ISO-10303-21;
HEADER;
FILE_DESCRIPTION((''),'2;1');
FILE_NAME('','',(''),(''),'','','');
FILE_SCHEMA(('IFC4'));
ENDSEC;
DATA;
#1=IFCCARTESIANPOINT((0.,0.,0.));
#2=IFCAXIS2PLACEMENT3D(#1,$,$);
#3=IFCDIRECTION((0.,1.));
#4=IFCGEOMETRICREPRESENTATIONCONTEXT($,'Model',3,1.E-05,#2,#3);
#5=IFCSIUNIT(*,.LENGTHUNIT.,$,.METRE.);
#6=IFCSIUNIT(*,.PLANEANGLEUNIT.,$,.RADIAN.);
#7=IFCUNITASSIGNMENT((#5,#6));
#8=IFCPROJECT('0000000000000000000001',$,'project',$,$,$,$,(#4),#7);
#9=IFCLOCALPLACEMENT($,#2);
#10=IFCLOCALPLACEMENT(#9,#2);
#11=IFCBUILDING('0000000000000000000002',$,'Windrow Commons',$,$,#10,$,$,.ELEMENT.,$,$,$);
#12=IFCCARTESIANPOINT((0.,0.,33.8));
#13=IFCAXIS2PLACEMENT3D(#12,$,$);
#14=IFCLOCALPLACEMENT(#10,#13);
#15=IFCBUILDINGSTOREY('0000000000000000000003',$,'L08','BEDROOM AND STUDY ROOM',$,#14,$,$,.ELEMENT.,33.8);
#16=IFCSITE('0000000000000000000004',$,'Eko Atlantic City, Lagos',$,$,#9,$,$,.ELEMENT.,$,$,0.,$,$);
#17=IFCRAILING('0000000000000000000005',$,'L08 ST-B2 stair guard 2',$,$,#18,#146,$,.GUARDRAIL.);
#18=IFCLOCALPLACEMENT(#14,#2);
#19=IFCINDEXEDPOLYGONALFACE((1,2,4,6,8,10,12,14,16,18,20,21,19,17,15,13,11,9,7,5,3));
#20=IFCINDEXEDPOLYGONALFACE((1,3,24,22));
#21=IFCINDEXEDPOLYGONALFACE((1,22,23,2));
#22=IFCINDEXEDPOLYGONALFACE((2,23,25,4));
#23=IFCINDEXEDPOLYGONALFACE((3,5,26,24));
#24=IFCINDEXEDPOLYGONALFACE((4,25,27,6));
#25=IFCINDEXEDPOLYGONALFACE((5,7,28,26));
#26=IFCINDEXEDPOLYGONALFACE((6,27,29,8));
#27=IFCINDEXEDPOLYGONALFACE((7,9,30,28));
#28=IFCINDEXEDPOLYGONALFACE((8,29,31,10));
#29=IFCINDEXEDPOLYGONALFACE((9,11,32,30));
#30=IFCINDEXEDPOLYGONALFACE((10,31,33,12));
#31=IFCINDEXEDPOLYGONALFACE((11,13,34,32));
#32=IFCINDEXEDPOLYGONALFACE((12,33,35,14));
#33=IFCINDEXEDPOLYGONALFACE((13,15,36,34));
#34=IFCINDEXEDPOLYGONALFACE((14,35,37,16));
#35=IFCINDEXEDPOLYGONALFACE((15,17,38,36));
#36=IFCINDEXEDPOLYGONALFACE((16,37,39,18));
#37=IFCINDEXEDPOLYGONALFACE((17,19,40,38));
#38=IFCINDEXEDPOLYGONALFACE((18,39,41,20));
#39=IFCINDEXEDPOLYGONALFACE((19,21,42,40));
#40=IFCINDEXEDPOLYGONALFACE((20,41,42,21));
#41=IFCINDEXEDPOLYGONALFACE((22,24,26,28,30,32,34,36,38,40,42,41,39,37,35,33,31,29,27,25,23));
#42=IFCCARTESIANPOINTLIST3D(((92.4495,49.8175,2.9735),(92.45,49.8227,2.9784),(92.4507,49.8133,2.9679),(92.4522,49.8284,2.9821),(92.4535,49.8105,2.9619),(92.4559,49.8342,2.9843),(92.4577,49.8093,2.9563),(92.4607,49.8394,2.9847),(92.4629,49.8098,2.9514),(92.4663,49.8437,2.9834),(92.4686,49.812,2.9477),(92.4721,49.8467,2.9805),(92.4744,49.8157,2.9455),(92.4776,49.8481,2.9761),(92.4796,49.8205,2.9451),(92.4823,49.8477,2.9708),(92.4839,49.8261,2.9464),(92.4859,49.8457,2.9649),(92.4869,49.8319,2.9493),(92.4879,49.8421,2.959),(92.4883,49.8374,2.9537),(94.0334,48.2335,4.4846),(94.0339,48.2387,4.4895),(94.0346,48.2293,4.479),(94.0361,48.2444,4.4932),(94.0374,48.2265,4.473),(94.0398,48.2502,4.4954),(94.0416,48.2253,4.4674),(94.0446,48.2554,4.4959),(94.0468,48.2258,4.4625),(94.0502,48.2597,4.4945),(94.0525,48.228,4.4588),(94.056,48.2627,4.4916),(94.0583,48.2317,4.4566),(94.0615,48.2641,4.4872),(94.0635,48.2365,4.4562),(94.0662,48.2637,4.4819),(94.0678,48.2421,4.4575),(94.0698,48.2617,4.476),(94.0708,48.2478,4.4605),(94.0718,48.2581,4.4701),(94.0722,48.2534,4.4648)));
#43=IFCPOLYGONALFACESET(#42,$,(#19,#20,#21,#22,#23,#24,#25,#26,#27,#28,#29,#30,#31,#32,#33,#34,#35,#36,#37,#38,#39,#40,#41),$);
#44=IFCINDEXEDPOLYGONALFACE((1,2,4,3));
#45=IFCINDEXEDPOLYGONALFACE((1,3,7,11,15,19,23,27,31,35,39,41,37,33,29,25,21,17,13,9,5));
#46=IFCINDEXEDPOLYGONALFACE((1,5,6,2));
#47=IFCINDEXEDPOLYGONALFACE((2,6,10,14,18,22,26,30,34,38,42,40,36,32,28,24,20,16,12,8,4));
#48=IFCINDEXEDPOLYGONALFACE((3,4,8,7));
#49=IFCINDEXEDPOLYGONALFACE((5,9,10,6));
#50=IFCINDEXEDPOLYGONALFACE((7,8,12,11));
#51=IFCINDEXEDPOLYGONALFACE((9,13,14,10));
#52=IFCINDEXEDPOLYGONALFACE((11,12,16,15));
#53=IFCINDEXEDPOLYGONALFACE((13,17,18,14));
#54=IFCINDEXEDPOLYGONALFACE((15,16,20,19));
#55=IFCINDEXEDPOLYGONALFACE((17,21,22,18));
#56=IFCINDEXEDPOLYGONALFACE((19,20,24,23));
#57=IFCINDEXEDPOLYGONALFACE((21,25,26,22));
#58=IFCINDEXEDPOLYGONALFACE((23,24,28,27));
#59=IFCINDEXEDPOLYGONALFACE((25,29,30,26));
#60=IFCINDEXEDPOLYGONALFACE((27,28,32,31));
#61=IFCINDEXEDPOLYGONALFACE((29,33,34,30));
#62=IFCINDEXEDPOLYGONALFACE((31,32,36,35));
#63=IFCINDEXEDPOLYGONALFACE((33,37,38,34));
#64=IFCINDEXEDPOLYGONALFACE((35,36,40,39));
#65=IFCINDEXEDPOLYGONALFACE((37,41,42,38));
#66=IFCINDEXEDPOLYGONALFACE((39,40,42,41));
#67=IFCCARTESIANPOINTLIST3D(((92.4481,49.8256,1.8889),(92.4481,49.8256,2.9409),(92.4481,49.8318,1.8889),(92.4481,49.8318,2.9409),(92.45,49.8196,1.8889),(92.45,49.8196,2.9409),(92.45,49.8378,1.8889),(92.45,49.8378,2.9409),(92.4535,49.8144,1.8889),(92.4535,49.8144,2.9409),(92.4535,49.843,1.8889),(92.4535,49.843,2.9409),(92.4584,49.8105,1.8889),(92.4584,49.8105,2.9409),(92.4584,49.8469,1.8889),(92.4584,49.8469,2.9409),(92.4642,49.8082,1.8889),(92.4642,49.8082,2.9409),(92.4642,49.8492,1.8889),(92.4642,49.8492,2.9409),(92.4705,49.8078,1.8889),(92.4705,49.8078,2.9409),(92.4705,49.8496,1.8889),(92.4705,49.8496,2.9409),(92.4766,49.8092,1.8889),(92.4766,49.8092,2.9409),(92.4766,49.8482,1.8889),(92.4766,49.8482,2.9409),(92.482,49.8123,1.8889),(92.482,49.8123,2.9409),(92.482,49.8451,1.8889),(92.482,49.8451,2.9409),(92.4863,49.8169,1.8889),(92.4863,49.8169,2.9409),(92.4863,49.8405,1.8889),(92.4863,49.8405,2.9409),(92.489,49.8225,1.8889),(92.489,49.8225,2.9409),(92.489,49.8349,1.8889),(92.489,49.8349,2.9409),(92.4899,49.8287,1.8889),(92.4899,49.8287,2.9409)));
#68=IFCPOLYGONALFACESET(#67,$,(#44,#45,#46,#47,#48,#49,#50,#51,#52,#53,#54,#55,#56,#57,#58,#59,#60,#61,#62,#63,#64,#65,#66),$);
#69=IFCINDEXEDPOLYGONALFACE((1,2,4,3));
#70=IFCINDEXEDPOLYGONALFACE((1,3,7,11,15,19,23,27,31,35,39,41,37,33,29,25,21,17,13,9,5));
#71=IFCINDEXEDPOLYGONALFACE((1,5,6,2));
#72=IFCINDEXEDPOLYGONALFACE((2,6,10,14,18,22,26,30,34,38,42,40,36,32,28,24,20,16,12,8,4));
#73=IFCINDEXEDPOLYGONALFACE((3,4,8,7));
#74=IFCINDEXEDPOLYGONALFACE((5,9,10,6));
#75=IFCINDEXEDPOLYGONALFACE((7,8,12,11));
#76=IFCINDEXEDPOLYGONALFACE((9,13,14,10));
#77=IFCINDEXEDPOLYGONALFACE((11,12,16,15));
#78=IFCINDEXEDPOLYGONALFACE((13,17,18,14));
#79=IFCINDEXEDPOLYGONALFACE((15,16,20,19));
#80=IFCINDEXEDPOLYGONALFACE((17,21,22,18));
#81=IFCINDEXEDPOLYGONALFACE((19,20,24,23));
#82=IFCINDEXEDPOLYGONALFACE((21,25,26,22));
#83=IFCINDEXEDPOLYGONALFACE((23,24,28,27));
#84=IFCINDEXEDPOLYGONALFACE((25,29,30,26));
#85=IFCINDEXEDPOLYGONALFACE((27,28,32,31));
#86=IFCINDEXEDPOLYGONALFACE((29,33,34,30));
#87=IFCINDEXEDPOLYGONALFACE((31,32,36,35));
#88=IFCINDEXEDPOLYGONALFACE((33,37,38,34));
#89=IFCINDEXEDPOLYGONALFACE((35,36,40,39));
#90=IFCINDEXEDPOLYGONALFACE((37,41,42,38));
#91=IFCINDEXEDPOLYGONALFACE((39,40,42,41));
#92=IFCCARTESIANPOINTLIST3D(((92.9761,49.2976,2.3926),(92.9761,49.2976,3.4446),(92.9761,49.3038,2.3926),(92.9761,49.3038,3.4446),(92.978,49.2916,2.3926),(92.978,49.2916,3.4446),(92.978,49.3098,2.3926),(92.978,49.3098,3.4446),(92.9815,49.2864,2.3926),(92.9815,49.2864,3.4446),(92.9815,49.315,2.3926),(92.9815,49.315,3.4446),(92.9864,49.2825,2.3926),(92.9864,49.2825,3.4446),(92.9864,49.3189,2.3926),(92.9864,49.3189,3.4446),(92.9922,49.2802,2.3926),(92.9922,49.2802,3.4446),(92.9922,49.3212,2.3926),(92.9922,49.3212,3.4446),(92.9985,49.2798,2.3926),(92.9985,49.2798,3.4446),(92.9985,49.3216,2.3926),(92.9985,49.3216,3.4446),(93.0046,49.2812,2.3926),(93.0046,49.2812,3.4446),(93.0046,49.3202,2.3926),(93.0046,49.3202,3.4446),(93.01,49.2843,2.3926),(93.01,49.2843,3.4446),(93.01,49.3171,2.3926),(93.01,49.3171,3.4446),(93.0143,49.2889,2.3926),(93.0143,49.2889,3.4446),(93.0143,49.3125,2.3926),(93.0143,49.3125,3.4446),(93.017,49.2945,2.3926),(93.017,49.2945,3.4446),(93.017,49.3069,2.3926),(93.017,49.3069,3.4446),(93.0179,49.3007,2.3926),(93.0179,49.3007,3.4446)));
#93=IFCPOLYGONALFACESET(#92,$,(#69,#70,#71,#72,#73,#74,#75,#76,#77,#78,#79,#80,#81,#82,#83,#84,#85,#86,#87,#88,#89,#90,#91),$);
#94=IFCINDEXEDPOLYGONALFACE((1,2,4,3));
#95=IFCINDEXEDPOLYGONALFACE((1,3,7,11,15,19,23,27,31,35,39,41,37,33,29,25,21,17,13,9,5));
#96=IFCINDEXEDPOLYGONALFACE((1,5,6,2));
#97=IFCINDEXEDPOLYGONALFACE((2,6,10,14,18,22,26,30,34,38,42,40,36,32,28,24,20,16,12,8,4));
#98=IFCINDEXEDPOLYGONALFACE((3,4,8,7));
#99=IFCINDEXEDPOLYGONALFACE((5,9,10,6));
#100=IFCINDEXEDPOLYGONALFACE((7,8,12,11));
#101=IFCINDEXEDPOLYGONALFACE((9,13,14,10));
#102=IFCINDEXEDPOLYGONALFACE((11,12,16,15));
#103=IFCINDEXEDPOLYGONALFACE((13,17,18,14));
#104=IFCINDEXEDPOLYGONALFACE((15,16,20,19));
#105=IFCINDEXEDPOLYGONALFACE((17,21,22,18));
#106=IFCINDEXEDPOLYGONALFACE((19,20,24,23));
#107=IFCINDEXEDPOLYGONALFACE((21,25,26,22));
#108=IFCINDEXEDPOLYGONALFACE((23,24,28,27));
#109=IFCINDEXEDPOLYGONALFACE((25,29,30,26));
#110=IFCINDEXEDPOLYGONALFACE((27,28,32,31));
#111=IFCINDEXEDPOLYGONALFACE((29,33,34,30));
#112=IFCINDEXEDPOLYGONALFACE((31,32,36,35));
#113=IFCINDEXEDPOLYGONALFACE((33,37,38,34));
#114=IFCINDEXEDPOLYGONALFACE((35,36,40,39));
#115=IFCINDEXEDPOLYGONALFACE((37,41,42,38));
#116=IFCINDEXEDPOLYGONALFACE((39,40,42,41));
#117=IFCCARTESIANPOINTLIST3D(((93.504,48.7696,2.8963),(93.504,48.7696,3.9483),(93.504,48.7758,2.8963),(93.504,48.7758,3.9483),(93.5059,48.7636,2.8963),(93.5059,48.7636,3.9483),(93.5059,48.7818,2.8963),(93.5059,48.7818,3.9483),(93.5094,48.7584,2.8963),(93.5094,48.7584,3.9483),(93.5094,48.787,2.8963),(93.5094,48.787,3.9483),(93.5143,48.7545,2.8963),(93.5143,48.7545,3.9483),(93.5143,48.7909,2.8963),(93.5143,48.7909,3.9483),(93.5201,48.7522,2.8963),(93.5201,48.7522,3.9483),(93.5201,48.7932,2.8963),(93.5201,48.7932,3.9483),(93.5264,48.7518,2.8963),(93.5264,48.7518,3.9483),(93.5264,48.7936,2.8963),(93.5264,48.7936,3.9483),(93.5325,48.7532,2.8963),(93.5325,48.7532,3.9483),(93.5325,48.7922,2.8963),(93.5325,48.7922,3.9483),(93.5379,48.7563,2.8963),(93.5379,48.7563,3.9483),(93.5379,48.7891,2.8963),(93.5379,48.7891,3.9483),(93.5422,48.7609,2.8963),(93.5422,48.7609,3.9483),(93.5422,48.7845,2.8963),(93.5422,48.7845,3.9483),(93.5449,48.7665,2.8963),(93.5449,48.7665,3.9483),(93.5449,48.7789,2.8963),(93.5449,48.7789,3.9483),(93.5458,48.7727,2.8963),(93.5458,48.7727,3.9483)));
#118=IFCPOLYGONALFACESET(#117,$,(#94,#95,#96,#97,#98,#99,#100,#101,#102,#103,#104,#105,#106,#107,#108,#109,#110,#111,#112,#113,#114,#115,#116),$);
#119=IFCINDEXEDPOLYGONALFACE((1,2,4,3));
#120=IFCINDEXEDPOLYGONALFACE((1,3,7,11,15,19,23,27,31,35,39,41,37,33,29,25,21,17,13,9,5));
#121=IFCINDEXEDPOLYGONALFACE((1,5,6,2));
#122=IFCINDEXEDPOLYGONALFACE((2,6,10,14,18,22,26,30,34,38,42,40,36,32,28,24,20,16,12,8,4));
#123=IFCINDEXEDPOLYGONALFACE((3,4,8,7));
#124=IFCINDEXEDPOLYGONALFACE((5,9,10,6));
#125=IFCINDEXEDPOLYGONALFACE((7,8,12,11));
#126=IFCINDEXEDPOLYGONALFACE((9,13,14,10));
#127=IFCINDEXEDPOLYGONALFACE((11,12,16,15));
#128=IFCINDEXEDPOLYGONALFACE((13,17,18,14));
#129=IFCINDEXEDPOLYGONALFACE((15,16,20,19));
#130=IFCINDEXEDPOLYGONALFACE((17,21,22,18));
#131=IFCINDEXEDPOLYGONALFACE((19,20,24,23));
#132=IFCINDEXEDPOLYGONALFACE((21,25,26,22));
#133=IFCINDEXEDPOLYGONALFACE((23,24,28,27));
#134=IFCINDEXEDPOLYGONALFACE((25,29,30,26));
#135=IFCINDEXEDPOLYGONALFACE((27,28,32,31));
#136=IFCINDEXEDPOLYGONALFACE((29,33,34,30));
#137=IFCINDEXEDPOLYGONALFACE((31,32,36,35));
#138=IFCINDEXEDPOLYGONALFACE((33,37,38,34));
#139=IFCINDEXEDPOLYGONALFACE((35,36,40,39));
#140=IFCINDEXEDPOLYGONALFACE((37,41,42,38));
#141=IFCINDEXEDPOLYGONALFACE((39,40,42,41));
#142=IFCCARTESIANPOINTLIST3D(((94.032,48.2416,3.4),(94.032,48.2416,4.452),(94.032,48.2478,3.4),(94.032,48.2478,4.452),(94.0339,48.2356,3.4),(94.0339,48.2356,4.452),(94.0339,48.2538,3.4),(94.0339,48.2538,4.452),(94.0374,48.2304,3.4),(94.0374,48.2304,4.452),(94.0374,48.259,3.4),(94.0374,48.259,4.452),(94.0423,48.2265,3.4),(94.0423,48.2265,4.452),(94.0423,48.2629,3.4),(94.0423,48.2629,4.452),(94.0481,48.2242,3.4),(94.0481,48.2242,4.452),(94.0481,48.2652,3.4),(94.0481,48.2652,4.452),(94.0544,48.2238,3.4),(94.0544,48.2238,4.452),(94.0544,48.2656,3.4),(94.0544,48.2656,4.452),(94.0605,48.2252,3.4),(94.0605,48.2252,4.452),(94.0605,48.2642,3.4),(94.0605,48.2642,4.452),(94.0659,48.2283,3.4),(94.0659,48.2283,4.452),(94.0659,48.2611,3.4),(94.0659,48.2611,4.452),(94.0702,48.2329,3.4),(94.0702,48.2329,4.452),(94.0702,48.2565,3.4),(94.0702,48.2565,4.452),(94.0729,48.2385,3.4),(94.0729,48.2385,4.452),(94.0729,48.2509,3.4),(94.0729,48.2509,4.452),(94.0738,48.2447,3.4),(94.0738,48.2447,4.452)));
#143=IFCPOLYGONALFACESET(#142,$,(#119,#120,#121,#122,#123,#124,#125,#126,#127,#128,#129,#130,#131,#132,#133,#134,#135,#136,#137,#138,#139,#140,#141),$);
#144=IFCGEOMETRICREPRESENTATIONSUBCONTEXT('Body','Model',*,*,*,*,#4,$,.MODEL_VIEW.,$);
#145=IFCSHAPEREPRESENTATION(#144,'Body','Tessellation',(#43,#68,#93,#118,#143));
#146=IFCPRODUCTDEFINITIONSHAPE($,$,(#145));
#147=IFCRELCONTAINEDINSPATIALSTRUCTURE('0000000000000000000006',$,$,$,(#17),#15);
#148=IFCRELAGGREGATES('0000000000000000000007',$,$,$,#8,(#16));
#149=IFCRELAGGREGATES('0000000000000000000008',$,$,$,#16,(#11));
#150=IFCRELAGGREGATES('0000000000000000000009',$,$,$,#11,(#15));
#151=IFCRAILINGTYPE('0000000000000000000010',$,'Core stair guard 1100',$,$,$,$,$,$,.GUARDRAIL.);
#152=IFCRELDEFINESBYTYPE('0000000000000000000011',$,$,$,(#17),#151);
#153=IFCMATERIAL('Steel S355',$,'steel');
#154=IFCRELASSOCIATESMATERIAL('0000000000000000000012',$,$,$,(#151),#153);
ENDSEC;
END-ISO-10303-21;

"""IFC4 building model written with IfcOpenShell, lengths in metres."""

from ifc_helpers import new_model, si_unit, direction, frame, origin, origin_2d, place, context, subcontext, project, spatial, circle, extrude, material, type_object, element, save


model = new_model("IFC4")

# Units and contexts
model_context = context("Model", 3, precision=1e-05, world=origin(), true_north=direction((0.0, 1.0)))
body_context = subcontext(model_context, "Body", "Model", "MODEL_VIEW")
ifc_project = project(units=[si_unit("LENGTHUNIT", "METRE"), si_unit("PLANEANGLEUNIT", "RADIAN")], contexts=[model_context])

# Site, building, storey
site_placement = place(None, origin())
site = spatial("IfcSite", under=ifc_project, at=site_placement, Name="Eko Atlantic City, Lagos", CompositionType="ELEMENT", RefElevation=0.0)
building_placement = place(site_placement, origin())
building = spatial("IfcBuilding", under=site, at=building_placement, Name="Windrow Commons", CompositionType="ELEMENT")
storey_placement = place(building_placement, frame((0.0, 0.0, 33.8)))
storey = spatial("IfcBuildingStorey", under=building, at=storey_placement, Name="L08", Description="BEDROOM AND STUDY ROOM", CompositionType="ELEMENT", Elevation=33.8)

# Railing
ifc_material_1 = material(Name="Steel S355", Category="steel")
railing_type = type_object("IfcRailingType", Name="Core stair guard 1100", PredefinedType="GUARDRAIL", material=ifc_material_1)
railing_1_placement = place(storey_placement, frame((92.4689, 49.8287, 1.8889)))
element("IfcRailing", 1, at=railing_1_placement, inside=storey, type_object=railing_type, Name="L08 ST-B2 stair guard 2", PredefinedType="GUARDRAIL", context=body_context, shape_type="SweptSolid", body=[
    extrude(circle(Radius=0.024, at=origin_2d()), frame((0.0, 0.0, 1.076), z_axis=(0.586179, -0.586216, 0.559237), x_axis=(0.707129, 0.707084, 0.0)), (0.0, 0.0, 1.0), 2.7021),
    extrude(circle(Radius=0.021, at=origin_2d()), origin(), (0.0, 0.0, 1.0), 1.052),
    extrude(circle(Radius=0.021, at=origin_2d()), frame((0.528, -0.528, 0.5037)), (0.0, 0.0, 1.0), 1.052),
    extrude(circle(Radius=0.021, at=origin_2d()), frame((1.0559, -1.056, 1.0074)), (0.0, 0.0, 1.0), 1.052),
    extrude(circle(Radius=0.021, at=origin_2d()), frame((1.5839, -1.584, 1.5111)), (0.0, 0.0, 1.0), 1.052),
])

save(model, "model.ifc")
